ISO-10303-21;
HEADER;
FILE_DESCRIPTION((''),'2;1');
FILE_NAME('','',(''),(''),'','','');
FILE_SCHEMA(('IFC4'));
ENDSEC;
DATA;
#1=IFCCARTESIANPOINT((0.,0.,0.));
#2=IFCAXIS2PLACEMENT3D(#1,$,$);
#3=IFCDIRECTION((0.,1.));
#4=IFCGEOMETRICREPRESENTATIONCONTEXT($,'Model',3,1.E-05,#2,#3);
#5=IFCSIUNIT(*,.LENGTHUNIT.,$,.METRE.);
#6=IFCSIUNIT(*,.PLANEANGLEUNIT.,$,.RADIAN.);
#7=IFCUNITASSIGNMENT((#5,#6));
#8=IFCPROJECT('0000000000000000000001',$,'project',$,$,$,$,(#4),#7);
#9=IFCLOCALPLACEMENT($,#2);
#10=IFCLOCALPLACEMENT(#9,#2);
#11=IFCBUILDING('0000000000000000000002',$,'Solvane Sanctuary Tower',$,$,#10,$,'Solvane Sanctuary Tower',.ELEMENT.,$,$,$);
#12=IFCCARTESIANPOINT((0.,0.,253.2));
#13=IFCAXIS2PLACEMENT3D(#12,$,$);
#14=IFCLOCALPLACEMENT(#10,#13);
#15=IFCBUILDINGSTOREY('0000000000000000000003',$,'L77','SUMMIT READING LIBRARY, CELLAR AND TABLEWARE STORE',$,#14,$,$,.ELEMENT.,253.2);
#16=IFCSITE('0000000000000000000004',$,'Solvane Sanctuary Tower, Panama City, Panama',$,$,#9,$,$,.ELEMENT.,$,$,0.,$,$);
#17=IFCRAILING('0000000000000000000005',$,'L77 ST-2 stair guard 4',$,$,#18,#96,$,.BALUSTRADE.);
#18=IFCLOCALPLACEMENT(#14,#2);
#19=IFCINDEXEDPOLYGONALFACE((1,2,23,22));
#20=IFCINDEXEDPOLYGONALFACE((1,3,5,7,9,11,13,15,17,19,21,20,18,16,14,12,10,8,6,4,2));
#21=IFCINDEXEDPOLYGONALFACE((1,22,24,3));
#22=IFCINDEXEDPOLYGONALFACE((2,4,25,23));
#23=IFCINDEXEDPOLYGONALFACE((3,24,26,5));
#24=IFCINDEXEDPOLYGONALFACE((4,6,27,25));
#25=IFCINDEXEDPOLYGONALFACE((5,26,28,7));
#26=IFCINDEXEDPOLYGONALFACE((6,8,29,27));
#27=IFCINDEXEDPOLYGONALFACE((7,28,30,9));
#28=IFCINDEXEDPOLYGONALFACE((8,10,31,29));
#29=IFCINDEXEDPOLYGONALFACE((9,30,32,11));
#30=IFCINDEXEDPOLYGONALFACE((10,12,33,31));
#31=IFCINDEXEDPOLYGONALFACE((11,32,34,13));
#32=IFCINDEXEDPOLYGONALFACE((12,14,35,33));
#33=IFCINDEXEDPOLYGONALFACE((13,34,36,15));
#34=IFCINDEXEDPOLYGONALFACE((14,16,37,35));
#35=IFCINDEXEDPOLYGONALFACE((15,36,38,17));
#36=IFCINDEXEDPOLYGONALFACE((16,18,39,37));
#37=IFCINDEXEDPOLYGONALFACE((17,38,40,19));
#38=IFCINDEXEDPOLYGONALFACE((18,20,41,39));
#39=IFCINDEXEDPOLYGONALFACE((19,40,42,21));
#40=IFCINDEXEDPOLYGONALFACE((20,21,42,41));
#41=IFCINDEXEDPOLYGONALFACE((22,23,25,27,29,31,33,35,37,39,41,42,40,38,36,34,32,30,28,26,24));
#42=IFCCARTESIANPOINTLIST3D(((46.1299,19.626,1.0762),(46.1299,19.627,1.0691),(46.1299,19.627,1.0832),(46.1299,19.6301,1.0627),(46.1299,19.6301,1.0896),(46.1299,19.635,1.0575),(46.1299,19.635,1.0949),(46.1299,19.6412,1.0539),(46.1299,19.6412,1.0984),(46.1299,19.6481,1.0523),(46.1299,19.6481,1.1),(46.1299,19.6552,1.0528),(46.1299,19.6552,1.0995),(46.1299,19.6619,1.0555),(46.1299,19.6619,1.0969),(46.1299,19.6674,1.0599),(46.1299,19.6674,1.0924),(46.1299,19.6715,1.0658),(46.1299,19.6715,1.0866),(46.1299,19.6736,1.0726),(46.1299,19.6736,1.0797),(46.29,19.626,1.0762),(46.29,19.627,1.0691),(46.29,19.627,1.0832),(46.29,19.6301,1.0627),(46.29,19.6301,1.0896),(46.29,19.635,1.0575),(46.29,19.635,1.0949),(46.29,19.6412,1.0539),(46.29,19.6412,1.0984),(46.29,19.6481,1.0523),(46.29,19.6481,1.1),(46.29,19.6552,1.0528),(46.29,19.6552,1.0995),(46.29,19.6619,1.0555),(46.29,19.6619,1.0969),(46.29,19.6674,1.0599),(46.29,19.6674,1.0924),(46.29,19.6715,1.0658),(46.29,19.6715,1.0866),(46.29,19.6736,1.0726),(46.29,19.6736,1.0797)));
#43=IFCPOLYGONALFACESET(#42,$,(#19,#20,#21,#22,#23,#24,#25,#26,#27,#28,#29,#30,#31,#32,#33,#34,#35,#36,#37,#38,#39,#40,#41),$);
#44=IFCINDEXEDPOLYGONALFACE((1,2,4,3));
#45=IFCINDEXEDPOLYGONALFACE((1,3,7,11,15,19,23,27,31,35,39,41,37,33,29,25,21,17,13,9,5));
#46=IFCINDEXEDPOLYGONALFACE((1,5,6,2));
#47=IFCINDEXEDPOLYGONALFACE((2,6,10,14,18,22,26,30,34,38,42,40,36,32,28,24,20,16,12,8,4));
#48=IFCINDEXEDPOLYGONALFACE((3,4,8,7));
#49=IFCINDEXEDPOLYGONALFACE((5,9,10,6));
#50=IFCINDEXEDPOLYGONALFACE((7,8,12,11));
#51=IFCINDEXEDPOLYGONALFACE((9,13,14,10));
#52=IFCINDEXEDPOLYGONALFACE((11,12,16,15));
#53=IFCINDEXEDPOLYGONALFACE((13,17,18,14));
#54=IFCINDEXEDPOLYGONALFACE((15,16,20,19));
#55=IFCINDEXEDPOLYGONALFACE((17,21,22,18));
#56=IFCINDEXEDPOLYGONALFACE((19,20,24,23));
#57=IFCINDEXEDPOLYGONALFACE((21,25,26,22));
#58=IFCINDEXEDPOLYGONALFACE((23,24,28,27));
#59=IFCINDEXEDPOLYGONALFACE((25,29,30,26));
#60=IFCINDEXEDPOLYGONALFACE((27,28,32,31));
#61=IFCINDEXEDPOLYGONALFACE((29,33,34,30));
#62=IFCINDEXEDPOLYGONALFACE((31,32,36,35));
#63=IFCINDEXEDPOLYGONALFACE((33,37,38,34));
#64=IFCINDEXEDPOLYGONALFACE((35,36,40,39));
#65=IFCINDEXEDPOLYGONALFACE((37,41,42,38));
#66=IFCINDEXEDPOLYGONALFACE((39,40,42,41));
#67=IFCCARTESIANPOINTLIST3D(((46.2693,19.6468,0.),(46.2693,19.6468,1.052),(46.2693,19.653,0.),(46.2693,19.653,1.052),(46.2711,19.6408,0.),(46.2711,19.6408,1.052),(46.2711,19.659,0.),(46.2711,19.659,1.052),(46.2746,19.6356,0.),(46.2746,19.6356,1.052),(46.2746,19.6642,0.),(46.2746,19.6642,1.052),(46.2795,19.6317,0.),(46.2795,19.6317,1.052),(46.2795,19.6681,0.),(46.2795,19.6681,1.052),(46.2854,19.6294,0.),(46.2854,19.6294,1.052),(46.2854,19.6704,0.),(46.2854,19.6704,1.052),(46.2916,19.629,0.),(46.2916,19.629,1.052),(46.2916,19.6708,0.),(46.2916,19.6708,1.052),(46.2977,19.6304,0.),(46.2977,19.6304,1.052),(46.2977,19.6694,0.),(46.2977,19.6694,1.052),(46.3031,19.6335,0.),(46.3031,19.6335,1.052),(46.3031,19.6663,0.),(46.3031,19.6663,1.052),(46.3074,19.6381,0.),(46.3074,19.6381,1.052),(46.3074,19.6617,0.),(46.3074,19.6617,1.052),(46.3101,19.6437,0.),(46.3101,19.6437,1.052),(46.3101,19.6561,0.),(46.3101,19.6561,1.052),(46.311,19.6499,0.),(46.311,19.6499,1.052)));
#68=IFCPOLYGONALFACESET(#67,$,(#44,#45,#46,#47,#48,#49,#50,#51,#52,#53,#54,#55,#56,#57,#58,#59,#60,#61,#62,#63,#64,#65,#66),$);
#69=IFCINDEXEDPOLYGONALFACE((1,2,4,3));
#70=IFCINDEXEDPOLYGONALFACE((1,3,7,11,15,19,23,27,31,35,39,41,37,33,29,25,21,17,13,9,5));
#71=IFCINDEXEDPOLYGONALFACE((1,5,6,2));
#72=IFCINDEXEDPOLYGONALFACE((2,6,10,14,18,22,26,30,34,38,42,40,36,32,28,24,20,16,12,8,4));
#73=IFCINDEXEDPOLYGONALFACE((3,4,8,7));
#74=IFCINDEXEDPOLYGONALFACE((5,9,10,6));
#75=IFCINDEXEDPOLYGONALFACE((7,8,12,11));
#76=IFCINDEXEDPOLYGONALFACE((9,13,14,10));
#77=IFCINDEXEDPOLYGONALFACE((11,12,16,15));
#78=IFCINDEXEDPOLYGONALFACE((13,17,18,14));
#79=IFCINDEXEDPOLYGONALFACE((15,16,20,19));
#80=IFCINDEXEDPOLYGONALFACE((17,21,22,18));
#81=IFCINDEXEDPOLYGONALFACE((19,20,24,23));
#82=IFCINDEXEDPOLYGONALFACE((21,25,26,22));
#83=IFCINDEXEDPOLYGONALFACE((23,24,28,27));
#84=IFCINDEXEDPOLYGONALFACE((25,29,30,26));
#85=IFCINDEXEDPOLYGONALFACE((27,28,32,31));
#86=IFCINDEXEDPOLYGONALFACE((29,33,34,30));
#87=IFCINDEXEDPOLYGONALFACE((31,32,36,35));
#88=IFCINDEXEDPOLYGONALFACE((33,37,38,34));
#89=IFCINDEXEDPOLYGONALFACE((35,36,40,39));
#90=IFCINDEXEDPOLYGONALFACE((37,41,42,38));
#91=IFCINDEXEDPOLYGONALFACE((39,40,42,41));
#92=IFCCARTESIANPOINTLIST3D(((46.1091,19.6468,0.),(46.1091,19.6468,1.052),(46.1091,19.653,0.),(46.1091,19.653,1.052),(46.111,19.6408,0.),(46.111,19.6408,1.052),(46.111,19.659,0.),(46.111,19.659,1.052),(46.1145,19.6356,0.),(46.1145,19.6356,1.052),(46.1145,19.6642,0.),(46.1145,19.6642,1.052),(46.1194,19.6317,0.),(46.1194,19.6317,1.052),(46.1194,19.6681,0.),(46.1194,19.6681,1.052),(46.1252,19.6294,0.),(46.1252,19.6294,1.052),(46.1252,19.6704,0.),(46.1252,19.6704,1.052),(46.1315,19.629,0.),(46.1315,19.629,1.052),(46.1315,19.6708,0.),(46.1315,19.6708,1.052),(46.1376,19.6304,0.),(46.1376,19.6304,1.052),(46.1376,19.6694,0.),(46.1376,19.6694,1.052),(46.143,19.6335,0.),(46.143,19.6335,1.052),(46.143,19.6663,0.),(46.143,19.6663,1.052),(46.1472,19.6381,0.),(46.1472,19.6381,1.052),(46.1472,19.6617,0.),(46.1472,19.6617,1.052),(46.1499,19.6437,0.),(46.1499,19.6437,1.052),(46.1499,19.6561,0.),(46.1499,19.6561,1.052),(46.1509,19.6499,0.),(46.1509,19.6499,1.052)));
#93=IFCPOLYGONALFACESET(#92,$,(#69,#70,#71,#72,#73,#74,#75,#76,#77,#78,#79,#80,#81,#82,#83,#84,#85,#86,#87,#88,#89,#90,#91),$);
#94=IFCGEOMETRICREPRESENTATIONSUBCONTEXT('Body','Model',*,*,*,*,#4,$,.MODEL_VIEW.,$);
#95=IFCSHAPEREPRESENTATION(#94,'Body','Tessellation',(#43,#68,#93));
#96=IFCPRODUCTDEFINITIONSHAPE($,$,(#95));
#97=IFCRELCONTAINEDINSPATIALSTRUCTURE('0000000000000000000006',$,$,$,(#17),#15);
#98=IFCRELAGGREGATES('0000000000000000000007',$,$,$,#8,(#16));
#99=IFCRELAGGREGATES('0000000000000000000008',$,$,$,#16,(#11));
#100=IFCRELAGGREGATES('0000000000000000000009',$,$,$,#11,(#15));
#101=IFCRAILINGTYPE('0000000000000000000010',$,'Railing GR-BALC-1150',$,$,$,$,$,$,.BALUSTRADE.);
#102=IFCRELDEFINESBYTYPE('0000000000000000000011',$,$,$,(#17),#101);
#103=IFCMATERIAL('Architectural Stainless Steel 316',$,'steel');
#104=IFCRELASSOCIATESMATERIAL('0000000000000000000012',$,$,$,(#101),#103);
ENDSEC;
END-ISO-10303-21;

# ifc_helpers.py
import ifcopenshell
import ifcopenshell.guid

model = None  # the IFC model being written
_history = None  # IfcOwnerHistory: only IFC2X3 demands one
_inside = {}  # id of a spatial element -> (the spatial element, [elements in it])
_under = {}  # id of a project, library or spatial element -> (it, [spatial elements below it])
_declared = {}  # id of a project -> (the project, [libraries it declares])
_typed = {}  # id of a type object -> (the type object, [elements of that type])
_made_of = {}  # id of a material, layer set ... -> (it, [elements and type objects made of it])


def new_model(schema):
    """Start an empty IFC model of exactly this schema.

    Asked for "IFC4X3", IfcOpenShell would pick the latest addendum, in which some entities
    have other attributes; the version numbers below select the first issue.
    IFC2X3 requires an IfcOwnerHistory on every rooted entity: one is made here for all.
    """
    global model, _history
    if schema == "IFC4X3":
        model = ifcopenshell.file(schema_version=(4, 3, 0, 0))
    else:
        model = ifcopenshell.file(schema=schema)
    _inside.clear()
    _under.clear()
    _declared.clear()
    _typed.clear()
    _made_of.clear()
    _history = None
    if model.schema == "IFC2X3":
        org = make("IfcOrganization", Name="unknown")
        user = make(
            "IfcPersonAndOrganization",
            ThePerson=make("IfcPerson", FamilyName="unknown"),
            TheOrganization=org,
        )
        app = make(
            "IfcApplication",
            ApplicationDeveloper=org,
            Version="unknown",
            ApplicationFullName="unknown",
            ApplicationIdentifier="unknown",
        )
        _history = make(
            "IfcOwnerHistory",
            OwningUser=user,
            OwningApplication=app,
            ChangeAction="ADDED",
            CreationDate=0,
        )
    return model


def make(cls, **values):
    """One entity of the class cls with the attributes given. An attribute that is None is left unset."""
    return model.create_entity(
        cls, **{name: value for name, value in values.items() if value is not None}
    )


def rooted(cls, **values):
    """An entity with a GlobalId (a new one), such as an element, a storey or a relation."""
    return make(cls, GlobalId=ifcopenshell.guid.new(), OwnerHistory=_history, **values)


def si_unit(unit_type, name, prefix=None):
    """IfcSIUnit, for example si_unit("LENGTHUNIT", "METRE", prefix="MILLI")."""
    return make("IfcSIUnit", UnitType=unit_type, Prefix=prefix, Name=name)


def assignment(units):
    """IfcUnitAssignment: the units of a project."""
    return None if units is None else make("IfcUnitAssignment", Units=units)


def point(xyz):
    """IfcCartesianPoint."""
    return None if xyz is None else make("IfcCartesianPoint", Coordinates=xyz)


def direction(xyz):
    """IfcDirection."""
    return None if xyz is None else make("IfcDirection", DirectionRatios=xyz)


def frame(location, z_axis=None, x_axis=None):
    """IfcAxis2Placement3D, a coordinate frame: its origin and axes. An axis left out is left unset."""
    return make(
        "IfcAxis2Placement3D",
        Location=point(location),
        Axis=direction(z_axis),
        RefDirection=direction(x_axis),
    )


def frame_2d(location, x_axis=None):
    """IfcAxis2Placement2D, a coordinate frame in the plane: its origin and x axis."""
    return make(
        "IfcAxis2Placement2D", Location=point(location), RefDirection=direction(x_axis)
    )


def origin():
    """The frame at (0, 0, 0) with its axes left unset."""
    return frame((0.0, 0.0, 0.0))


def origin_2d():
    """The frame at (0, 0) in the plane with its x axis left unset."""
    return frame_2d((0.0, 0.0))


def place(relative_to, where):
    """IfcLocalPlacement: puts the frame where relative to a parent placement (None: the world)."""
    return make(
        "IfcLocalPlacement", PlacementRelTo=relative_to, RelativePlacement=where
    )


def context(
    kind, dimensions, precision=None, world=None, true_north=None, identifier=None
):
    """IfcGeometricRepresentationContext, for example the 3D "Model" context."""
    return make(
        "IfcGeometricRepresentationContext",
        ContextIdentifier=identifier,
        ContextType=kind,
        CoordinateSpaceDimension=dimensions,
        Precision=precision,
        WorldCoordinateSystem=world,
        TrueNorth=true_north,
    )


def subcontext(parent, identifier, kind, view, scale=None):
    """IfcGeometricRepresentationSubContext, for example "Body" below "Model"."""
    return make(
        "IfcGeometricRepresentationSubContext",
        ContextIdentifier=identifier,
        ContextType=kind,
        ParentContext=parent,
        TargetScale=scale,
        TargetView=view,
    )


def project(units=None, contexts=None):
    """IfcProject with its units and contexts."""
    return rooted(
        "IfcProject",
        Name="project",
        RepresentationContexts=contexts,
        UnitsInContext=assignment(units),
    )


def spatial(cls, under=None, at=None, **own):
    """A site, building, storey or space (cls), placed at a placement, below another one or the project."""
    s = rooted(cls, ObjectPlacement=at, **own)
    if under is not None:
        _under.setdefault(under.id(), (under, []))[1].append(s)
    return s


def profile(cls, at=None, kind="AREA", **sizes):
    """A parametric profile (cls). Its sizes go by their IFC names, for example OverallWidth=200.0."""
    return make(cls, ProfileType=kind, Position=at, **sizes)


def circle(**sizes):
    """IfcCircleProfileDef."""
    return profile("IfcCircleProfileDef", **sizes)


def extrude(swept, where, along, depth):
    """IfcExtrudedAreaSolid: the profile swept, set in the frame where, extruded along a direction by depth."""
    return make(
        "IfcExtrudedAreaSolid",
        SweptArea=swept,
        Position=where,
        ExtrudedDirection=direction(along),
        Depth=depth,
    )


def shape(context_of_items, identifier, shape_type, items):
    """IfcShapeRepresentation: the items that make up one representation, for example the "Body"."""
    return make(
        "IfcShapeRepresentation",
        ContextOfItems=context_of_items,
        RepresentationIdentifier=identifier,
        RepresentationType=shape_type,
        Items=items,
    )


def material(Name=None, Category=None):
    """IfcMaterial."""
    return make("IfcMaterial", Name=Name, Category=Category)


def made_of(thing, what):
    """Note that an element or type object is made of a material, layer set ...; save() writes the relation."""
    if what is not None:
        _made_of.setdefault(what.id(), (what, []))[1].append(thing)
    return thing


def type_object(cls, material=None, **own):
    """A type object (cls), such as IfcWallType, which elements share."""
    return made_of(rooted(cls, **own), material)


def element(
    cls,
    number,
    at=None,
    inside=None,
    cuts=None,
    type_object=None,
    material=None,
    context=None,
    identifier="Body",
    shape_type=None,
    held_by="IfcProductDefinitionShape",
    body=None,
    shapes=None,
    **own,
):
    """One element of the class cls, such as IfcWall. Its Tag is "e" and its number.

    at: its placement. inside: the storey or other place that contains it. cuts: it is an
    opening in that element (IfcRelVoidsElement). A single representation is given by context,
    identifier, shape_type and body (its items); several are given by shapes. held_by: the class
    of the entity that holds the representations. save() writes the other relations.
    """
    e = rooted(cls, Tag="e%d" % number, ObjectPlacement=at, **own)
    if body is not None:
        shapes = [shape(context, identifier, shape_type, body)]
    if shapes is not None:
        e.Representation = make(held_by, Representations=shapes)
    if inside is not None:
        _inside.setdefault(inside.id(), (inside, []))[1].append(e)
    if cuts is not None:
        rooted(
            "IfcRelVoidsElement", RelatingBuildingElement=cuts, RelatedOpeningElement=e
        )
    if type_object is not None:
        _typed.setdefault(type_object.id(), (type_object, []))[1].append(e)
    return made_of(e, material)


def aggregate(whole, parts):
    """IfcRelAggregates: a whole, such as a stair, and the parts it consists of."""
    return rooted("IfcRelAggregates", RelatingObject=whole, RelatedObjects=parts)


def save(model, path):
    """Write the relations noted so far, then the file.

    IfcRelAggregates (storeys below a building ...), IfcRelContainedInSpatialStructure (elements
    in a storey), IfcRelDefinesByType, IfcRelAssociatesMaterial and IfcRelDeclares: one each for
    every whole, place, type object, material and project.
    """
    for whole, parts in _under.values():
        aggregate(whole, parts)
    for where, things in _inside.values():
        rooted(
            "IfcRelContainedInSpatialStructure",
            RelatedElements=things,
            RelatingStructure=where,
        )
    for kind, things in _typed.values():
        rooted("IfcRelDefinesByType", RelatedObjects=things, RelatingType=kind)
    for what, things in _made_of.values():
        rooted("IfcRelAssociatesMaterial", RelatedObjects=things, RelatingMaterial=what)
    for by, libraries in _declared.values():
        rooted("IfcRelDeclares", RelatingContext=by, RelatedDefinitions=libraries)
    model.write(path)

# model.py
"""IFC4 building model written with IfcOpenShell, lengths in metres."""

from ifc_helpers import new_model, si_unit, direction, frame, origin, origin_2d, place, context, subcontext, project, spatial, circle, extrude, material, type_object, element, save


model = new_model("IFC4")

# Units and contexts
model_context = context("Model", 3, precision=1e-05, world=origin(), true_north=direction((0.0, 1.0)))
body_context = subcontext(model_context, "Body", "Model", "MODEL_VIEW")
ifc_project = project(units=[si_unit("LENGTHUNIT", "METRE"), si_unit("PLANEANGLEUNIT", "RADIAN")], contexts=[model_context])

# Site, building, storey
site_placement = place(None, origin())
site = spatial("IfcSite", under=ifc_project, at=site_placement, Name="Solvane Sanctuary Tower, Panama City, Panama", CompositionType="ELEMENT", RefElevation=0.0)
building_placement = place(site_placement, origin())
building = spatial("IfcBuilding", under=site, at=building_placement, Name="Solvane Sanctuary Tower", LongName="Solvane Sanctuary Tower", CompositionType="ELEMENT")
storey_placement = place(building_placement, frame((0.0, 0.0, 253.2)))
storey = spatial("IfcBuildingStorey", under=building, at=storey_placement, Name="L77", Description="SUMMIT READING LIBRARY, CELLAR AND TABLEWARE STORE", CompositionType="ELEMENT", Elevation=253.2)

# Shared definitions
ifc_material_1 = material(Name="Architectural Stainless Steel 316", Category="steel")

# Railing
railing_type_1 = type_object("IfcRailingType", Name="Railing GR-BALC-1150", PredefinedType="BALUSTRADE", material=ifc_material_1)
railing_1_placement = place(storey_placement, frame((46.29, 19.6499, 0.0)))
element("IfcRailing", 1, at=railing_1_placement, inside=storey, type_object=railing_type_1, Name="L77 ST-2 stair guard 4", PredefinedType="BALUSTRADE", context=body_context, shape_type="SweptSolid", body=[
    extrude(circle(Radius=0.0239, at=origin_2d()), frame((0.0, 0.0, 1.0762), z_axis=(-1.0, 0.0, 0.0), x_axis=(0.0, -1.0, 0.0)), (0.0, 0.0, 1.0), 0.1602),
    extrude(circle(Radius=0.021, at=origin_2d()), origin(), (0.0, 0.0, 1.0), 1.052),
    extrude(circle(Radius=0.021, at=origin_2d()), frame((-0.1602, 0.0, 0.0)), (0.0, 0.0, 1.0), 1.052),
])

save(model, "model.ifc")
